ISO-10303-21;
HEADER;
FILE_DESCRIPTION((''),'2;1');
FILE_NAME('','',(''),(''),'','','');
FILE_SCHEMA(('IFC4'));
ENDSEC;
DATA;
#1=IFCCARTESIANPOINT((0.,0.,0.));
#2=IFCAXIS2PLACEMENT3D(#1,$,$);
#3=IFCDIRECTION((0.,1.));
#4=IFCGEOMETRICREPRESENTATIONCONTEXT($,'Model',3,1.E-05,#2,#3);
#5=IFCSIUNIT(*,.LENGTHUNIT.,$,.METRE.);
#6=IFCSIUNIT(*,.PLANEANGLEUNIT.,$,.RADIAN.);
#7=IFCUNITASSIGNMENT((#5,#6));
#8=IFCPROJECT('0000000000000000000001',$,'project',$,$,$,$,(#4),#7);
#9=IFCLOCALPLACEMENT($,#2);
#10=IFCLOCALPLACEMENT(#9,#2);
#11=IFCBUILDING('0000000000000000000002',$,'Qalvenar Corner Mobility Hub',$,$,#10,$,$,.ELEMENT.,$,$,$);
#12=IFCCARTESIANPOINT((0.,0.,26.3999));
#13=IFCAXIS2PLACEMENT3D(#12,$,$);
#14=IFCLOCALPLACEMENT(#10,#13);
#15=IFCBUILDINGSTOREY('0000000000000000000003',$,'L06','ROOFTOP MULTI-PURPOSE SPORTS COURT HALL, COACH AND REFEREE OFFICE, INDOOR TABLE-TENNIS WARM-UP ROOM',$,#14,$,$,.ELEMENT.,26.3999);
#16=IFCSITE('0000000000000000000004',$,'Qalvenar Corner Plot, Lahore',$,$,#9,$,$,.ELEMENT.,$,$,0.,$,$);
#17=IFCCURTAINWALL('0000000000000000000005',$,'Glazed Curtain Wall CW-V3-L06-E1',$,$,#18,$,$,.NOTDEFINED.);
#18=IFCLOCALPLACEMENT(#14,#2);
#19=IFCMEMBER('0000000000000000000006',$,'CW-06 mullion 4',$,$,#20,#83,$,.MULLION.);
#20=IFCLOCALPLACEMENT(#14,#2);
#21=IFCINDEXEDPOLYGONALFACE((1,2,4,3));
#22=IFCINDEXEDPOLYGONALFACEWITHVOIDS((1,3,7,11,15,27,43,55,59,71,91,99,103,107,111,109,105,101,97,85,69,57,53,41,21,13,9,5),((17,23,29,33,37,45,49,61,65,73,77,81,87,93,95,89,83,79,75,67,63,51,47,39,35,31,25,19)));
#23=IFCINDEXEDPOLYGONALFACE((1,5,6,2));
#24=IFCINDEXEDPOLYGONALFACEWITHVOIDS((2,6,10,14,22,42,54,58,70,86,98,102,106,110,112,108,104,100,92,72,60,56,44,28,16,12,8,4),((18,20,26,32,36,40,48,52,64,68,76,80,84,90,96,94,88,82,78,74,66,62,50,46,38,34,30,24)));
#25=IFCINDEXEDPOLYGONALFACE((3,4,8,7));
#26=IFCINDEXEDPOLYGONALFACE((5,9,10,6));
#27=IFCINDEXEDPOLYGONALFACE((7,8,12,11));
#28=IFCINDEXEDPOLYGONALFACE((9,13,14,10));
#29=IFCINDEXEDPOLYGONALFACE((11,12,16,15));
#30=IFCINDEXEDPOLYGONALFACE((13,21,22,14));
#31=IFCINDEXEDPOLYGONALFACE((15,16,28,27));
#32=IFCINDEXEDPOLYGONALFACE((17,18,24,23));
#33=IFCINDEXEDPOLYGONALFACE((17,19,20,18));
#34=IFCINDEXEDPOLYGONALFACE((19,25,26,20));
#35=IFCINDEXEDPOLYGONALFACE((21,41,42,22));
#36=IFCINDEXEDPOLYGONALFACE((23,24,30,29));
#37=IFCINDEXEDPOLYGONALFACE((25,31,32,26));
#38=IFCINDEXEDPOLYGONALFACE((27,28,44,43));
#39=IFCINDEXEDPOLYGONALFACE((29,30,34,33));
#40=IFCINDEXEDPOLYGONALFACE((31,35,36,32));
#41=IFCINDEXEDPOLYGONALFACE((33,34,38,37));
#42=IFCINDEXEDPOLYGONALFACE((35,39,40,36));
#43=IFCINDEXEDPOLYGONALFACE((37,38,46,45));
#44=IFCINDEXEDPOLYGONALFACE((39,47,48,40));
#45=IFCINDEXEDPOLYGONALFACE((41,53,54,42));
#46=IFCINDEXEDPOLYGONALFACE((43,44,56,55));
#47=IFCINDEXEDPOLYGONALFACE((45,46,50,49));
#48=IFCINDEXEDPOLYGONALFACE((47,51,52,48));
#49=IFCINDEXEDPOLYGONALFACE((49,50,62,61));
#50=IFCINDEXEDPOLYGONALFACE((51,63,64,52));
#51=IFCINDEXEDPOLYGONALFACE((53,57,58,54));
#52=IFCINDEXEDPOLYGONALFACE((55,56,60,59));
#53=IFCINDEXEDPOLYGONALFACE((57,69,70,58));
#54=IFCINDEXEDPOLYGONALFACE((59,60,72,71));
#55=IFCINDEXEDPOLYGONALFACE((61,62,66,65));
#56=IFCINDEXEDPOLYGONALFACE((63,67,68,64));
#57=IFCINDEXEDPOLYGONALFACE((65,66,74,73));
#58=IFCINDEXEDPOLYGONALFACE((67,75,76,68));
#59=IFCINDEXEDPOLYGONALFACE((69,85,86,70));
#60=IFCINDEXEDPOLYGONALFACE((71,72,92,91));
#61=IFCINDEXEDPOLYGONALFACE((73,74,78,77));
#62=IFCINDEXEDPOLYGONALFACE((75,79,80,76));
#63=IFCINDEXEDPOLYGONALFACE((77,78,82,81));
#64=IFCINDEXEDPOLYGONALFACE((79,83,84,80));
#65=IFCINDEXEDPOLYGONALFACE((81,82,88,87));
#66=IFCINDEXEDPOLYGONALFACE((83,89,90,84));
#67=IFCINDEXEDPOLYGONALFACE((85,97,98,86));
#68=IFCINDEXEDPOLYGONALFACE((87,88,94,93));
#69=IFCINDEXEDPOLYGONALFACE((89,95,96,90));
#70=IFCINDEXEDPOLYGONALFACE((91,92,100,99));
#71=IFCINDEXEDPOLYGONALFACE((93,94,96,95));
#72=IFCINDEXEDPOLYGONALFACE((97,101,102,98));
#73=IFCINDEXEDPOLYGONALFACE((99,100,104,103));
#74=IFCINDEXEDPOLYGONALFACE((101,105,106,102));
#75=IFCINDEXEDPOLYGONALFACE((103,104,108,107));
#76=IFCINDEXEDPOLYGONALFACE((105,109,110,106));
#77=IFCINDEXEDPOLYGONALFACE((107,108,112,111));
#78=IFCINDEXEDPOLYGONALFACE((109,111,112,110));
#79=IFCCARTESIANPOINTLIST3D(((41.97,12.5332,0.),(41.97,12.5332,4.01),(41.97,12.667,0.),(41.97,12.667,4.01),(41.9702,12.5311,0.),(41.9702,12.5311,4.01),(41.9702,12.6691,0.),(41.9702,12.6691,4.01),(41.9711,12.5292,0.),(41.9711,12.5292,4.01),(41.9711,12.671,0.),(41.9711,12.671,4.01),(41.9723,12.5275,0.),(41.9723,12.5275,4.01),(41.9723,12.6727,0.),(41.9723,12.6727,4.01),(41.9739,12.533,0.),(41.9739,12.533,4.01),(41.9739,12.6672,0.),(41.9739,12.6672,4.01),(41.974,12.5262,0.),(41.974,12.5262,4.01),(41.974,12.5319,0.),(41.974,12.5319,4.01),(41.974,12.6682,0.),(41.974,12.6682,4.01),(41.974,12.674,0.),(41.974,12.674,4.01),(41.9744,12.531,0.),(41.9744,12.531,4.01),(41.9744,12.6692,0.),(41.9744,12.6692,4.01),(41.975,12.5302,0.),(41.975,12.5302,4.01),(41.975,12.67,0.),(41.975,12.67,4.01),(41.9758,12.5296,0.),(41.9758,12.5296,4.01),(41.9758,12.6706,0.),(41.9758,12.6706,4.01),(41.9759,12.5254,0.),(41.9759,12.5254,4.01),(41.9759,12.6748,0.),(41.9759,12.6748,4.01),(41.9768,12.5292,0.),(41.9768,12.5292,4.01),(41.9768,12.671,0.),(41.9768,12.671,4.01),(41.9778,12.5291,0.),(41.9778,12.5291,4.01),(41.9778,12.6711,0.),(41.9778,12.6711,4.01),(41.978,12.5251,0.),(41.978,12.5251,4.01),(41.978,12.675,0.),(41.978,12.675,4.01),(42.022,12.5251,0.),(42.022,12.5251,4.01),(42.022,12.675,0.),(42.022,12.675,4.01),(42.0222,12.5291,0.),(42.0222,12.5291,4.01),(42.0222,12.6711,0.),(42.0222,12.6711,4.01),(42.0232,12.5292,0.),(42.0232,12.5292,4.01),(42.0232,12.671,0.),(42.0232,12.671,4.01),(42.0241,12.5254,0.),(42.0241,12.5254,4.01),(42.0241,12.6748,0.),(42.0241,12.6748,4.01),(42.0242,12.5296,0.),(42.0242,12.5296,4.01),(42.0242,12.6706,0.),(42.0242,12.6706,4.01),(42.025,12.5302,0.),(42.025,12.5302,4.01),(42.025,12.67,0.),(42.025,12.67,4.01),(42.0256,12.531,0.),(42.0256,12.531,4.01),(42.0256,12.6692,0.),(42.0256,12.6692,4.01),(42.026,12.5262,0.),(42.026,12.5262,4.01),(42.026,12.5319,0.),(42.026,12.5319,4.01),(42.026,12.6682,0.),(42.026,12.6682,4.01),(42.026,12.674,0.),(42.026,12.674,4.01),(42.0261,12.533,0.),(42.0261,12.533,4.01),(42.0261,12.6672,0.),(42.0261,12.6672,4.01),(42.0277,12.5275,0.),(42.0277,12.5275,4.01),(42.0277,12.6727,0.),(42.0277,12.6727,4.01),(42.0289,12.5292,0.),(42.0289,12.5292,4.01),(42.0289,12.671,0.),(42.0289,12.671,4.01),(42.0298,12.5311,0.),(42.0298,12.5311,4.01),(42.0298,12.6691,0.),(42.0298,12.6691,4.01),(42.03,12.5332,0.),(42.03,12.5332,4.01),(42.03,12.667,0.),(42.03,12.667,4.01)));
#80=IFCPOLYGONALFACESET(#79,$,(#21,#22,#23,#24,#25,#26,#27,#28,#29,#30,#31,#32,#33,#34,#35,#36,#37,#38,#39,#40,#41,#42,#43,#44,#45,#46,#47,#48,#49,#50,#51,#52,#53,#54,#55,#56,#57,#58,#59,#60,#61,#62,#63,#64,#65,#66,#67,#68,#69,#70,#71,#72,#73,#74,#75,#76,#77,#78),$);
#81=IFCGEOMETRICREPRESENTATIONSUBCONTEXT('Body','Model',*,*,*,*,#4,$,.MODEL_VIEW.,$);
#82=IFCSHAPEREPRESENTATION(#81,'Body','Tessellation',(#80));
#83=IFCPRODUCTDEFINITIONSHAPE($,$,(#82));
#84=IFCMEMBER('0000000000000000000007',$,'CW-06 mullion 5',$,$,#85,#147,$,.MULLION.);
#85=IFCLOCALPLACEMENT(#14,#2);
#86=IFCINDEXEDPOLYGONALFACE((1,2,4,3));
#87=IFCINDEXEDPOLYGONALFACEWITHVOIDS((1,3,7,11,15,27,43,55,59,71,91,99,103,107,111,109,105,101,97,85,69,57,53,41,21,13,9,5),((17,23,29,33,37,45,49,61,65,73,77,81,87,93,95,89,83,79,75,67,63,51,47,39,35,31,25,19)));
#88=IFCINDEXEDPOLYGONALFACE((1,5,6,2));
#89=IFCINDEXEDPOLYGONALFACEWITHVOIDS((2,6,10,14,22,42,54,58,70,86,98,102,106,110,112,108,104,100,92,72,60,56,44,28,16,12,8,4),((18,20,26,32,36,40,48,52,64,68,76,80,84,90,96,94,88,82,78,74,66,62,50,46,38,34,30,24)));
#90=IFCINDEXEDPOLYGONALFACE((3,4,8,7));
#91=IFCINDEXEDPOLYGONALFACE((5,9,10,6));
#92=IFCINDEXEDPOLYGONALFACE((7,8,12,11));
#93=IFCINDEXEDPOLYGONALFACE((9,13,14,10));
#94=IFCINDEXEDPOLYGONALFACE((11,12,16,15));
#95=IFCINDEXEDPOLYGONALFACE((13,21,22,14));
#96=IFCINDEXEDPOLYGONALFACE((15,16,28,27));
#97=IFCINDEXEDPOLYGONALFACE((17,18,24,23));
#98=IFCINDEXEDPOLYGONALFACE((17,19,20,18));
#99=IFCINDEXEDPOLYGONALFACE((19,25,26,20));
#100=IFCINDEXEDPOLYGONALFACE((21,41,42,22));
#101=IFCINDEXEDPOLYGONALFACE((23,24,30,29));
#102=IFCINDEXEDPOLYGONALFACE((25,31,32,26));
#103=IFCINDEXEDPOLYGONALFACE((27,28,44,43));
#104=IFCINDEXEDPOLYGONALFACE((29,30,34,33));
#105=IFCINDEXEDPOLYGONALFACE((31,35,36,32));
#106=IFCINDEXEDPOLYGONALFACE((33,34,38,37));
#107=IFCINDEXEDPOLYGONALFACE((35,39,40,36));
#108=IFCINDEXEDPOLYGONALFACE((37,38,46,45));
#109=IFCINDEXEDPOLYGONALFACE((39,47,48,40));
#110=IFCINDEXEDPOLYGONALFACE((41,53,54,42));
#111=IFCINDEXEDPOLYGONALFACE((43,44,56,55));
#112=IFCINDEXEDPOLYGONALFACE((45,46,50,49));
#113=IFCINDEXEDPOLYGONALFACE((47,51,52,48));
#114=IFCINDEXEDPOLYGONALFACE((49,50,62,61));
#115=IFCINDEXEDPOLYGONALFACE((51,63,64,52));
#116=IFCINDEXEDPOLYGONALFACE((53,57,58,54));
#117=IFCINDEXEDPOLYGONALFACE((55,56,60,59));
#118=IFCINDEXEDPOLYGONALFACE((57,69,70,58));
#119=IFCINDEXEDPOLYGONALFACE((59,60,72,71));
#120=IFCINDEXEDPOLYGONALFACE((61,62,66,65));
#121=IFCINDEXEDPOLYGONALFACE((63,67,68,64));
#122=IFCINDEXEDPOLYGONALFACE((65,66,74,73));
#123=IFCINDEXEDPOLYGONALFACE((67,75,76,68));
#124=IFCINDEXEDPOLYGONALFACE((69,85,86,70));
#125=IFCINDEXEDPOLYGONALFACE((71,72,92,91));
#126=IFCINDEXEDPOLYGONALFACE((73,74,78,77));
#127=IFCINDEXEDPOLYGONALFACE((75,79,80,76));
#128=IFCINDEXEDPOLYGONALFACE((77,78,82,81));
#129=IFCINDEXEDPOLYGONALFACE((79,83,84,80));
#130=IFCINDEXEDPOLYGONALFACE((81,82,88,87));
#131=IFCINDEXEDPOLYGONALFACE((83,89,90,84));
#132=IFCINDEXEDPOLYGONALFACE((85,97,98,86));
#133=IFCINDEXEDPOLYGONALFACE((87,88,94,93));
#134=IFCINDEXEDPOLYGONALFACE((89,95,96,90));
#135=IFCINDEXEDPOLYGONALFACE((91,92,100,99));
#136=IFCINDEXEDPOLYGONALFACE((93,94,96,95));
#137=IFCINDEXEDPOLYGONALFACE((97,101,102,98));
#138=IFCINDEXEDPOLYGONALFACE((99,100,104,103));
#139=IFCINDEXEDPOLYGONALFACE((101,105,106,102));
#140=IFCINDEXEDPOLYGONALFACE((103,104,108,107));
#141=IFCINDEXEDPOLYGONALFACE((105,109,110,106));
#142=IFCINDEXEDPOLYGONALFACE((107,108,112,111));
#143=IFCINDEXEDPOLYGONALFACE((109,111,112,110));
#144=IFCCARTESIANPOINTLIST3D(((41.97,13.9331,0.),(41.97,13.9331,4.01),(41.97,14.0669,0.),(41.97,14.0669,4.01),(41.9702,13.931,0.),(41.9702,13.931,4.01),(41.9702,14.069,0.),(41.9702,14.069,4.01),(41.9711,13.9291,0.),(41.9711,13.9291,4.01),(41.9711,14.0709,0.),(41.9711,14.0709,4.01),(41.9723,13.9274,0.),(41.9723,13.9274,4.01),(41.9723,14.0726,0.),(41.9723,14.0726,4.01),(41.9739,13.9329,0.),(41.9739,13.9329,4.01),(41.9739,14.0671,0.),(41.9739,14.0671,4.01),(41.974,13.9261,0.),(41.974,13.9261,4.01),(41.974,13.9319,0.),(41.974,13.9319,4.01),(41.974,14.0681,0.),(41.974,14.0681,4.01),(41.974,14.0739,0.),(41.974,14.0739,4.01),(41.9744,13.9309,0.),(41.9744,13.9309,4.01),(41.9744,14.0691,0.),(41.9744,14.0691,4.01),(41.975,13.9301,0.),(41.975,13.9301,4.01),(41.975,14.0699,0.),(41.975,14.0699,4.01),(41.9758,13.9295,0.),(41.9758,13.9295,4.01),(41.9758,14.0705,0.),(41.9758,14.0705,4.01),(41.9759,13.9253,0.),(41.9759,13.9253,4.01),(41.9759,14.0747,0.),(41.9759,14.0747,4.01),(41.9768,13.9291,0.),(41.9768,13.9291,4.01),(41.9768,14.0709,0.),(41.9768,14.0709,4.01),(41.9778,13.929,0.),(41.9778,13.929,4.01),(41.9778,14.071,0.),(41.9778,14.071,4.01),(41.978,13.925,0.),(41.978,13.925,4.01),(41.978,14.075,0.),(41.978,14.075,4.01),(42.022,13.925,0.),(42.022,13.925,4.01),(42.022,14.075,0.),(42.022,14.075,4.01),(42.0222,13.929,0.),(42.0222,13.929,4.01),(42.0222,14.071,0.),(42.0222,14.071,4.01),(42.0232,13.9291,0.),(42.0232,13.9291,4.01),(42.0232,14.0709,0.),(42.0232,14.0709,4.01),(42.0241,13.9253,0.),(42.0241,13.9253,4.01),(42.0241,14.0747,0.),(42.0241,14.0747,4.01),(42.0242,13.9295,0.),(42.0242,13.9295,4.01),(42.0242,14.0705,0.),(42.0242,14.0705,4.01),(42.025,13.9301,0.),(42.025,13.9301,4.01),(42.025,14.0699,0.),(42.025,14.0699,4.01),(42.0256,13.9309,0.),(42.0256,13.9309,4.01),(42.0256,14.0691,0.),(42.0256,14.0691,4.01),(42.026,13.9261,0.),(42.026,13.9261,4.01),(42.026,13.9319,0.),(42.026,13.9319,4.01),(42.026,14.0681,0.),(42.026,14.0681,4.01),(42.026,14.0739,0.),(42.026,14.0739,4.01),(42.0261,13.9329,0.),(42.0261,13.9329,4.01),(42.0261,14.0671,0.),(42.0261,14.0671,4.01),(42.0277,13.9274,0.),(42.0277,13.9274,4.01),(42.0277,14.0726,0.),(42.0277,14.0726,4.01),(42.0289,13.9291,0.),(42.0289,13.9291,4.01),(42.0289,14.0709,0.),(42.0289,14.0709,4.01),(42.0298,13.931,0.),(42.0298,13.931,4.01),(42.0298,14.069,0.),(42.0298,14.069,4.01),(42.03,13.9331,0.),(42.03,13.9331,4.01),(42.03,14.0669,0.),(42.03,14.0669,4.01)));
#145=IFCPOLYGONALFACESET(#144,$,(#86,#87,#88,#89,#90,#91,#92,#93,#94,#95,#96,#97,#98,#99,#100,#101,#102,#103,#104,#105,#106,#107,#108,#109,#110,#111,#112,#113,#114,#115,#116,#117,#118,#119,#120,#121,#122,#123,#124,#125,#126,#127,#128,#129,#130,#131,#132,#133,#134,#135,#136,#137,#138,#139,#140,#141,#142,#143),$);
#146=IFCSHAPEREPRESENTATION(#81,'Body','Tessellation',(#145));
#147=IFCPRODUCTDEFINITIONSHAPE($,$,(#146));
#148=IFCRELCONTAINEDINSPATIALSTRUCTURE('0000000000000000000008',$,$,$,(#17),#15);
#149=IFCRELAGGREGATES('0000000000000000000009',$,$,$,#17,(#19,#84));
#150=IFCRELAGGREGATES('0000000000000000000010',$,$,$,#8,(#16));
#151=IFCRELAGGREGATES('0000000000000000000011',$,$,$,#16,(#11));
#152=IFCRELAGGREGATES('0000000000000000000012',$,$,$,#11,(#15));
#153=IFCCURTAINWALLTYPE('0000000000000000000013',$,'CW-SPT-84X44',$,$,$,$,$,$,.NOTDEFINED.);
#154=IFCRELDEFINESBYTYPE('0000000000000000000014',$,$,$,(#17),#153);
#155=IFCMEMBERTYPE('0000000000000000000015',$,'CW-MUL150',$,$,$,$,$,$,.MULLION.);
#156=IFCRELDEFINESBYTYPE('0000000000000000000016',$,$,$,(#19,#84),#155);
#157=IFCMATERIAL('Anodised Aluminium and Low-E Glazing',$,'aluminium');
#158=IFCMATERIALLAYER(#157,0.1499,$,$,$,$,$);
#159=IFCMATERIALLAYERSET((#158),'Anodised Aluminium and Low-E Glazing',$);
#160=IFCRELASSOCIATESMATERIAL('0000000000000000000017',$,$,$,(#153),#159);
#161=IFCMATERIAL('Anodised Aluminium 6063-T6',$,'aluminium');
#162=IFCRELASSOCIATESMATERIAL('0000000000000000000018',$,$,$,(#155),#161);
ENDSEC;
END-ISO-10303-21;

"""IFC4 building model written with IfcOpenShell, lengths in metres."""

from ifc_helpers import new_model, si_unit, direction, frame, origin, origin_2d, place, context, subcontext, project, spatial, hollow_rectangle, extrude, material, layer, layer_set, material_profile, profile_set, type_object, element, aggregate, save


model = new_model("IFC4")

# Units and contexts
model_context = context("Model", 3, precision=1e-05, world=origin(), true_north=direction((0.0, 1.0)))
body_context = subcontext(model_context, "Body", "Model", "MODEL_VIEW")
ifc_project = project(units=[si_unit("LENGTHUNIT", "METRE"), si_unit("PLANEANGLEUNIT", "RADIAN")], contexts=[model_context])

# Site, building, storey
site_placement = place(None, origin())
site = spatial("IfcSite", under=ifc_project, at=site_placement, Name="Qalvenar Corner Plot, Lahore", CompositionType="ELEMENT", RefElevation=0.0)
building_placement = place(site_placement, origin())
building = spatial("IfcBuilding", under=site, at=building_placement, Name="Qalvenar Corner Mobility Hub", CompositionType="ELEMENT")
storey_placement = place(building_placement, frame((0.0, 0.0, 26.3999)))
storey = spatial("IfcBuildingStorey", under=building, at=storey_placement, Name="L06", Description="ROOFTOP MULTI-PURPOSE SPORTS COURT HALL, COACH AND REFEREE OFFICE, INDOOR TABLE-TENNIS WARM-UP ROOM", CompositionType="ELEMENT", Elevation=26.3999)

# Curtain wall, members
ifc_material_1 = material(Name="Anodised Aluminium and Low-E Glazing", Category="aluminium")
ifc_layer_1 = layer(ifc_material_1, 0.1499)
ifc_layer_set_1 = layer_set([ifc_layer_1], Name="Anodised Aluminium and Low-E Glazing")
curtain_wall_type = type_object("IfcCurtainWallType", Name="CW-SPT-84X44", PredefinedType="NOTDEFINED", material=ifc_layer_set_1)
curtain_wall_placement = place(storey_placement, origin())
curtain_wall = element("IfcCurtainWall", 1, at=curtain_wall_placement, inside=storey, type_object=curtain_wall_type, Name="Glazed Curtain Wall CW-V3-L06-E1", PredefinedType="NOTDEFINED")
ifc_material_2 = material(Name="Anodised Aluminium 6063-T6", Category="aluminium")
ifc_material_profile_1 = material_profile(ifc_material_2, hollow_rectangle(XDim=0.0601, YDim=0.1499, WallThickness=0.0039, InnerFilletRadius=0.0039, OuterFilletRadius=0.0081, at=origin_2d()), Name="RHS150x60x4")
ifc_profile_set_1 = profile_set([ifc_material_profile_1], Name="Anodised Aluminium 6063-T6")
member_type_1 = type_object("IfcMemberType", Name="CW-MUL150", PredefinedType="MULLION", material=ifc_profile_set_1)
member_1_placement = place(storey_placement, frame((42.0, 12.6001, 0.0), z_axis=(0.0, 0.0, 1.0), x_axis=(-1.0, 0.0, 0.0)))
member_1 = element("IfcMember", 2, at=member_1_placement, type_object=member_type_1, Name="CW-06 mullion 4", PredefinedType="MULLION", context=body_context, shape_type="SweptSolid", body=[
    extrude(hollow_rectangle(XDim=0.0601, YDim=0.1499, WallThickness=0.0039, InnerFilletRadius=0.0039, OuterFilletRadius=0.0081, at=origin_2d()), origin(), (0.0, 0.0, 1.0), 4.01),
])
member_2_placement = place(storey_placement, frame((42.0, 14.0, 0.0), z_axis=(0.0, 0.0, 1.0), x_axis=(-1.0, 0.0, 0.0)))
member_2 = element("IfcMember", 3, at=member_2_placement, type_object=member_type_1, Name="CW-06 mullion 5", PredefinedType="MULLION", context=body_context, shape_type="SweptSolid", body=[
    extrude(hollow_rectangle(XDim=0.0601, YDim=0.1499, WallThickness=0.0039, InnerFilletRadius=0.0039, OuterFilletRadius=0.0081, at=origin_2d()), origin(), (0.0, 0.0, 1.0), 4.01),
])
aggregate(curtain_wall, [member_1, member_2])

save(model, "model.ifc")
